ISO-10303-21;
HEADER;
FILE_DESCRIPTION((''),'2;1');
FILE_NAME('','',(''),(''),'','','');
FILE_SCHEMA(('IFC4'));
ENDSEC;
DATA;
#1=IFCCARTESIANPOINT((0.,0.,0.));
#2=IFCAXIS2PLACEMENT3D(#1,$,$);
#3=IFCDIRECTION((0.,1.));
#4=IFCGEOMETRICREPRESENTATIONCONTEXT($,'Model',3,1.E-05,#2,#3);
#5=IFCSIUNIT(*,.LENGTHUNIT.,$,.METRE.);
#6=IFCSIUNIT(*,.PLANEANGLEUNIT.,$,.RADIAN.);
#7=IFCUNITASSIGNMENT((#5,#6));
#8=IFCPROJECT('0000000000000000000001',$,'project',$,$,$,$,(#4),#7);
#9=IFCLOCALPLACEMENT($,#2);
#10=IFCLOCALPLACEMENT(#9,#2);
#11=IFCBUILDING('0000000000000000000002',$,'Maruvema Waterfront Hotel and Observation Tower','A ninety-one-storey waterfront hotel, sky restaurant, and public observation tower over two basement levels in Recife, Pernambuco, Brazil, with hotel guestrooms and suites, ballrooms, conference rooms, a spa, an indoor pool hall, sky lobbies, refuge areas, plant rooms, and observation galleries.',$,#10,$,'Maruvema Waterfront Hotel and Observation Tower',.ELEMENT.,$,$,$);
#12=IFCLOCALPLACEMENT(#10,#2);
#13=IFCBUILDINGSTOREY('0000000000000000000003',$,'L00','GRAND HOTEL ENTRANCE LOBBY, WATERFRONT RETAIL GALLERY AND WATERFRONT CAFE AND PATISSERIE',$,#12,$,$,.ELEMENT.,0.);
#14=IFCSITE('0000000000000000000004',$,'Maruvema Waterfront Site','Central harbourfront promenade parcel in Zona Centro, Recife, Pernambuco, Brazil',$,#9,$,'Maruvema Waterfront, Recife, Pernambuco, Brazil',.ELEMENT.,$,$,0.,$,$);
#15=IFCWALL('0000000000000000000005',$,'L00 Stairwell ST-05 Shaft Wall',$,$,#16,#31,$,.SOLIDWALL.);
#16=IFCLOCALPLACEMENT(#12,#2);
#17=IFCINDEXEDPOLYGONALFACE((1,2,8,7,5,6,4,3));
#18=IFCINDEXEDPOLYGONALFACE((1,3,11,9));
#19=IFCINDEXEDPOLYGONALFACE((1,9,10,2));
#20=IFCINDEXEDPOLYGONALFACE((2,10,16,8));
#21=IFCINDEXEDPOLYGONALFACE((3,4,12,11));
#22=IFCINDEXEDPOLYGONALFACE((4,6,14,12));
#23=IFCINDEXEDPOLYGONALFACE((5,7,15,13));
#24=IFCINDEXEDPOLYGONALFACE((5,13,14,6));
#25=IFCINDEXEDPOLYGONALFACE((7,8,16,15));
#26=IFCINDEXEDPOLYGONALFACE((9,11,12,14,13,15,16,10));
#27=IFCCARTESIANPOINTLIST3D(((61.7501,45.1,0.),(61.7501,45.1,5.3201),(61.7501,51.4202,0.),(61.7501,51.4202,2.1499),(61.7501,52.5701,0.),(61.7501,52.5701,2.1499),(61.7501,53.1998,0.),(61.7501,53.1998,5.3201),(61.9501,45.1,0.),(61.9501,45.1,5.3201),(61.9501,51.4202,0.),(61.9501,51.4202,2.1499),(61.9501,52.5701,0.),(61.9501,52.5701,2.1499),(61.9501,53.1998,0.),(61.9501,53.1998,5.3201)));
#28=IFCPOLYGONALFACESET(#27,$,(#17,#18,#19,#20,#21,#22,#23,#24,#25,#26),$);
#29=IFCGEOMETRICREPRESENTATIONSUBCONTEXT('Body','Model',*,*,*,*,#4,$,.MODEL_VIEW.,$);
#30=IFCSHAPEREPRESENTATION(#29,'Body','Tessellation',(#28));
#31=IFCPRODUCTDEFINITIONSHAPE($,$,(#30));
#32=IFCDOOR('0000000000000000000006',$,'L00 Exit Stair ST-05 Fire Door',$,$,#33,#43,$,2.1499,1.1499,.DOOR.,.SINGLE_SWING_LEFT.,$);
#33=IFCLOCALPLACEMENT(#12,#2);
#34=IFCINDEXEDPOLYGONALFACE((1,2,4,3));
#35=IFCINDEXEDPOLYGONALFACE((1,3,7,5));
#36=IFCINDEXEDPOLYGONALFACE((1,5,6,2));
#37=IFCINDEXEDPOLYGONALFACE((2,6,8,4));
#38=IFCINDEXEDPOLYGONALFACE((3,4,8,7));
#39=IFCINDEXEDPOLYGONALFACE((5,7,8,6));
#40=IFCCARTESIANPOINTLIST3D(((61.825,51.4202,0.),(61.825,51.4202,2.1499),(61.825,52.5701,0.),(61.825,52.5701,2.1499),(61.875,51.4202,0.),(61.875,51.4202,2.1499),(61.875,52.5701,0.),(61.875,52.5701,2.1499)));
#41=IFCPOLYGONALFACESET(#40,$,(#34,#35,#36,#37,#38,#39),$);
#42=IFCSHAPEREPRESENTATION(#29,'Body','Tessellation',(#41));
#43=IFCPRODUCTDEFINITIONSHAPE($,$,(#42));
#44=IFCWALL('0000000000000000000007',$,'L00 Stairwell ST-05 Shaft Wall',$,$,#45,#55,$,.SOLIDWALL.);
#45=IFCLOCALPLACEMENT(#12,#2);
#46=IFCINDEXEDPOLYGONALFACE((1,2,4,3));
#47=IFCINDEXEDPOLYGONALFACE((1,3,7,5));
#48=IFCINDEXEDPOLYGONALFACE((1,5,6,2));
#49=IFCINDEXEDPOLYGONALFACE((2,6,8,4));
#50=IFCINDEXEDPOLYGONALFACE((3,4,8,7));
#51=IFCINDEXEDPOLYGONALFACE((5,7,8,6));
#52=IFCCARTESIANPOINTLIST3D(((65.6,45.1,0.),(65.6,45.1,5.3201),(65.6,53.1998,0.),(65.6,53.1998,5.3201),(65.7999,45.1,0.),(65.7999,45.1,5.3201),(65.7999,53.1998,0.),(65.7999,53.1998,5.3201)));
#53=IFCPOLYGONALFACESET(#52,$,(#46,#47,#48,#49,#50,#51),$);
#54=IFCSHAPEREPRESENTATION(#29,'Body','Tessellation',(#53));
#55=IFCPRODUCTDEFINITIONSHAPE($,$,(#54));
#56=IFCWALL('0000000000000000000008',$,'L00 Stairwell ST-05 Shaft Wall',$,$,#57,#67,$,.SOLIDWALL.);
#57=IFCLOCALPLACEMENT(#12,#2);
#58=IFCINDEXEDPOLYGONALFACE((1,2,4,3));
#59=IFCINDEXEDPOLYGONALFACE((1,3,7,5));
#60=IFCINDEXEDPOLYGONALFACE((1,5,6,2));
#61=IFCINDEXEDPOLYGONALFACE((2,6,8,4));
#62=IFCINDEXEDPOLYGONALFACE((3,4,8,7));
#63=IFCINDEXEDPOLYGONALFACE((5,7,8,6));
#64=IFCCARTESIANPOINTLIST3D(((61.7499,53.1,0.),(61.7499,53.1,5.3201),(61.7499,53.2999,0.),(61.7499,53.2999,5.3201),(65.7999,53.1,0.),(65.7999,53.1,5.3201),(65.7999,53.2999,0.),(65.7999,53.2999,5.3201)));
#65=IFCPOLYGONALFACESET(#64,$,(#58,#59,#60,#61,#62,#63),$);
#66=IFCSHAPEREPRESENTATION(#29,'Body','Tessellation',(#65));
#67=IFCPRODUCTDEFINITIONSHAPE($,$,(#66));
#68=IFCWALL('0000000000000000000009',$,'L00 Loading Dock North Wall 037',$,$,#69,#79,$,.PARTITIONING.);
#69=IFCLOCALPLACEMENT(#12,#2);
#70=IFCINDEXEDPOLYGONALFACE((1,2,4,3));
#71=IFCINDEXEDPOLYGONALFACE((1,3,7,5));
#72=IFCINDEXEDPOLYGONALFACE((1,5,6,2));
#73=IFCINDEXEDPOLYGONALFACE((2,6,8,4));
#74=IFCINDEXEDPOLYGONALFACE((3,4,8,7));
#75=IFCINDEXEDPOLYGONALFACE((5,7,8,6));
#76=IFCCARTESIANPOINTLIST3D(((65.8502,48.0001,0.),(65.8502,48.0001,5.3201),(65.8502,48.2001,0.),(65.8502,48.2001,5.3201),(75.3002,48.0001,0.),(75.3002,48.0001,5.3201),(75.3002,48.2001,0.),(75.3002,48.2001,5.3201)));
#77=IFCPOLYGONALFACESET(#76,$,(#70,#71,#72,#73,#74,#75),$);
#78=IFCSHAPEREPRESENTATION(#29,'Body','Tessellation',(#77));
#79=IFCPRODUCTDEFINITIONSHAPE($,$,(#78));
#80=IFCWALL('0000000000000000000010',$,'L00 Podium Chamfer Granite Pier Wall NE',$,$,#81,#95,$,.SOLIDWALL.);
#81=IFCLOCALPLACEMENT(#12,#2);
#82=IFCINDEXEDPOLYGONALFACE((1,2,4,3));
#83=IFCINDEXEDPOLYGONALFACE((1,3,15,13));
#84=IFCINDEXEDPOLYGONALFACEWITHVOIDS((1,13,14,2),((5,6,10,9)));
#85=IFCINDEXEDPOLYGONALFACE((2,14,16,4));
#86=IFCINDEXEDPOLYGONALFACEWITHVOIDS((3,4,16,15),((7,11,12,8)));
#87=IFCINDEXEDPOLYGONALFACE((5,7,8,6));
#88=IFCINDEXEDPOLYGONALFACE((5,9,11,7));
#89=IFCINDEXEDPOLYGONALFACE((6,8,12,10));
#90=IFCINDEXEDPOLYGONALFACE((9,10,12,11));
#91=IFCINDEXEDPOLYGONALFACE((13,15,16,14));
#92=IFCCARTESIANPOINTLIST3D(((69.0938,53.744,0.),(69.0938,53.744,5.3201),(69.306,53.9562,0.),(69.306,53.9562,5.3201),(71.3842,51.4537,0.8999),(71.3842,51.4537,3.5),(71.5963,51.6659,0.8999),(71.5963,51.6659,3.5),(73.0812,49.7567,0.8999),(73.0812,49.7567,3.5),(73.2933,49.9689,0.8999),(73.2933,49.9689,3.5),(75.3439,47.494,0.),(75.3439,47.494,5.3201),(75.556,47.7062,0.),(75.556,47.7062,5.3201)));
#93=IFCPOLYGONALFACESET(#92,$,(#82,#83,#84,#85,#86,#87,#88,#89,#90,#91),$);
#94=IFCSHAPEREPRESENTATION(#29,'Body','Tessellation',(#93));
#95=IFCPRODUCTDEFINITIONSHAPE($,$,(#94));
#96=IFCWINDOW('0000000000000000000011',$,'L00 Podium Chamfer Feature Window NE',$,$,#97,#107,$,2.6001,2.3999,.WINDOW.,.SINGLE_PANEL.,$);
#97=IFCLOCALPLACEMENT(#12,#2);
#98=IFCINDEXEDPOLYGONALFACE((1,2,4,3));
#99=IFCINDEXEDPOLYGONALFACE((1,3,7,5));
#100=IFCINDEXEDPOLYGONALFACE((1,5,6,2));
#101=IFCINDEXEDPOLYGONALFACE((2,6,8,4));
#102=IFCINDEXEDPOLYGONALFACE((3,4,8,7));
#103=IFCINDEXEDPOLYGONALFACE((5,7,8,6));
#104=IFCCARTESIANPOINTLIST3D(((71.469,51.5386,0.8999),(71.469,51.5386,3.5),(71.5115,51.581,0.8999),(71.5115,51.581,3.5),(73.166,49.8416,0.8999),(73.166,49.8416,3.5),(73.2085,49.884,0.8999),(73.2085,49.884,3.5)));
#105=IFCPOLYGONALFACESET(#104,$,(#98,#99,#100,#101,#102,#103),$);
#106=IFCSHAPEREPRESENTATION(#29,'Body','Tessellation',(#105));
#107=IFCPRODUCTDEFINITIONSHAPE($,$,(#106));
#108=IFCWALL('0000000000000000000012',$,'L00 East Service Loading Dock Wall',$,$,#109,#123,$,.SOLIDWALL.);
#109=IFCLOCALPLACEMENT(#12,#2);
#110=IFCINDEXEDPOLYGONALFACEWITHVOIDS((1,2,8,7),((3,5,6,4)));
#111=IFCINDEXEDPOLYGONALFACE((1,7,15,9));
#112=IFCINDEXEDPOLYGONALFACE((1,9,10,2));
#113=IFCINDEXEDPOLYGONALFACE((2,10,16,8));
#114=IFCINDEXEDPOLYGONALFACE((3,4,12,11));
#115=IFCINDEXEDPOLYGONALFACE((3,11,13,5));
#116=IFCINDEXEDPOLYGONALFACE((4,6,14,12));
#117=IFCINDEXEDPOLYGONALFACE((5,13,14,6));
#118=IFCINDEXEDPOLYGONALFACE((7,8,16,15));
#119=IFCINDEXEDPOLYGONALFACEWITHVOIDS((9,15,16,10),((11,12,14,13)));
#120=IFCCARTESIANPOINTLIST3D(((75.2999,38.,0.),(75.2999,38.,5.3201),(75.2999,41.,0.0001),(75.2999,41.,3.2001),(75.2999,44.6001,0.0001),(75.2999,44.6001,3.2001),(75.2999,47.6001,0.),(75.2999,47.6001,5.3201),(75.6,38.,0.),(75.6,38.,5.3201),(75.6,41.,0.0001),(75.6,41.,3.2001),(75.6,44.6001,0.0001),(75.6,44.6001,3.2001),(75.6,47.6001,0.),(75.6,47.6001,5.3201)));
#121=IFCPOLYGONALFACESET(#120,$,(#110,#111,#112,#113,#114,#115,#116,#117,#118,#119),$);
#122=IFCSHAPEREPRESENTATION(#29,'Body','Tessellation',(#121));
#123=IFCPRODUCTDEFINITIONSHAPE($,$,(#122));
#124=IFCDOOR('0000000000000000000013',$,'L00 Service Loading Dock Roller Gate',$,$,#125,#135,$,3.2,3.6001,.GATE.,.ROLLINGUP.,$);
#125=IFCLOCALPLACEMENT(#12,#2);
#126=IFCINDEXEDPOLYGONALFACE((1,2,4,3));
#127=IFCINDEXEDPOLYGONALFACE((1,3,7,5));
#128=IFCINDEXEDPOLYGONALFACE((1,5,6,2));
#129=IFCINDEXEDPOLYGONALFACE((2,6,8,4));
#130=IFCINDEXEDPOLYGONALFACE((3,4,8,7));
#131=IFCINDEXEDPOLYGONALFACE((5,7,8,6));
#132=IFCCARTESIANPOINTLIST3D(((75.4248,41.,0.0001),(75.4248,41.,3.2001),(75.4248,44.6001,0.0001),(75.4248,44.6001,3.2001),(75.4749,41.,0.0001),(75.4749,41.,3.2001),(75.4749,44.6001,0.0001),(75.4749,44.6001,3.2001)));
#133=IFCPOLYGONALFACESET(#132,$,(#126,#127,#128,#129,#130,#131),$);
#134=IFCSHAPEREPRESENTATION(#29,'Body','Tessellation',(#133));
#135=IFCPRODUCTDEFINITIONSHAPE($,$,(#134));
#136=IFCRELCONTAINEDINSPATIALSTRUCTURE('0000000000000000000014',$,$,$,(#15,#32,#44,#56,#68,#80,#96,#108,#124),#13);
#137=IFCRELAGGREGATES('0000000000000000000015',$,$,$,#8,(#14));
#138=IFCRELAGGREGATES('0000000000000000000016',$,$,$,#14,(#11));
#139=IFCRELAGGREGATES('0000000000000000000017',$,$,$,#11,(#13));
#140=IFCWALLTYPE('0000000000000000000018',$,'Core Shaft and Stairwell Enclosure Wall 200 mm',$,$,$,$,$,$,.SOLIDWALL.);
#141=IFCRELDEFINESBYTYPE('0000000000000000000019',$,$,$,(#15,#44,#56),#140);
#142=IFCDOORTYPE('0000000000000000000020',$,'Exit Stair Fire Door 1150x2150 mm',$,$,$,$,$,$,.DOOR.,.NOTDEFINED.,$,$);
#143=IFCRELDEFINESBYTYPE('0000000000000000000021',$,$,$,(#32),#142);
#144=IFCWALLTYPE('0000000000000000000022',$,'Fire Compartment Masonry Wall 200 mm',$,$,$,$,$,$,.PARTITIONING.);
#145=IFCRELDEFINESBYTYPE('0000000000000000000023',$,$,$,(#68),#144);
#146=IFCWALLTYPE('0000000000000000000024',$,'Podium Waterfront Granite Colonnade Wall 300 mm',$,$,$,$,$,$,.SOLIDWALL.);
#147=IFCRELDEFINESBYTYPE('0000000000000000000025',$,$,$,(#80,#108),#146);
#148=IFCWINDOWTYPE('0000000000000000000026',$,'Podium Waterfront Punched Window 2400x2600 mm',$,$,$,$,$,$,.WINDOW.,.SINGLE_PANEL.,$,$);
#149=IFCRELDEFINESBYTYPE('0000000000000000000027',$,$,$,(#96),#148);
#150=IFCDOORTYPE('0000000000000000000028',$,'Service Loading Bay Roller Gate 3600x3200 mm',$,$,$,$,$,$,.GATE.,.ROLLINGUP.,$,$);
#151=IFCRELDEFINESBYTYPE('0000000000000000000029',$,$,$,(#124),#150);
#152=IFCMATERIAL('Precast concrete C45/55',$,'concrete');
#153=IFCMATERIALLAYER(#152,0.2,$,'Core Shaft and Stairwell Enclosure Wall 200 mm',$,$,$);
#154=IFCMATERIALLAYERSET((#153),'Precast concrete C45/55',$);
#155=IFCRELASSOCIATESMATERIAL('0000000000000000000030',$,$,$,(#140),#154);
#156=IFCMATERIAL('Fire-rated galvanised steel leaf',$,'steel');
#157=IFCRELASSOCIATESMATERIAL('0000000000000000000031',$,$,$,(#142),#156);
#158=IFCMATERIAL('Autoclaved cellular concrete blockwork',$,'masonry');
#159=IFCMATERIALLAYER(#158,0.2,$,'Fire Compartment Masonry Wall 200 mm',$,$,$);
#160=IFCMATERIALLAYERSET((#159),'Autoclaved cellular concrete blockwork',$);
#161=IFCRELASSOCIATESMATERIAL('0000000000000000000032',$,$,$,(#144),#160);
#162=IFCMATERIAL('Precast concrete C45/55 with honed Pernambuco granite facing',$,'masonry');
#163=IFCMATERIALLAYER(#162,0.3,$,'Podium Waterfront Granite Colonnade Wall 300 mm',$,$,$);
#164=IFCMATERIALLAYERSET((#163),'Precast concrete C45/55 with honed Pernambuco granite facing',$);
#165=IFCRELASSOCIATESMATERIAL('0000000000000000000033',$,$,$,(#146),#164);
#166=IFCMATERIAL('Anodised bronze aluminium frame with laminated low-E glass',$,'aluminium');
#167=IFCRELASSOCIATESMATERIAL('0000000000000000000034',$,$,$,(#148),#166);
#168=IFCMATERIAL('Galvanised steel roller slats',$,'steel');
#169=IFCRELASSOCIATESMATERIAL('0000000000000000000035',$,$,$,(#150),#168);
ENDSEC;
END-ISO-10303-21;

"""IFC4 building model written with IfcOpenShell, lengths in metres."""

from ifc_helpers import new_model, si_unit, direction, frame, frame_2d, origin, place, context, subcontext, project, spatial, rectangle, extrude, material, layer, layer_set, type_object, element, fill, save


model = new_model("IFC4")

# Units and contexts
model_context = context("Model", 3, precision=1e-05, world=origin(), true_north=direction((0.0, 1.0)))
body_context = subcontext(model_context, "Body", "Model", "MODEL_VIEW")
ifc_project = project(units=[si_unit("LENGTHUNIT", "METRE"), si_unit("PLANEANGLEUNIT", "RADIAN")], contexts=[model_context])

# Site, building, storey
site_placement = place(None, origin())
site = spatial("IfcSite", under=ifc_project, at=site_placement, Name="Maruvema Waterfront Site", Description="Central harbourfront promenade parcel in Zona Centro, Recife, Pernambuco, Brazil", LongName="Maruvema Waterfront, Recife, Pernambuco, Brazil", CompositionType="ELEMENT", RefElevation=0.0)
building_placement = place(site_placement, origin())
building = spatial("IfcBuilding", under=site, at=building_placement, Name="Maruvema Waterfront Hotel and Observation Tower", Description="A ninety-one-storey waterfront hotel, sky restaurant, and public observation tower over two basement levels in Recife, Pernambuco, Brazil, with hotel guestrooms and suites, ballrooms, conference rooms, a spa, an indoor pool hall, sky lobbies, refuge areas, plant rooms, and observation galleries.", LongName="Maruvema Waterfront Hotel and Observation Tower", CompositionType="ELEMENT")
storey_placement = place(building_placement, origin())
storey = spatial("IfcBuildingStorey", under=building, at=storey_placement, Name="L00", Description="GRAND HOTEL ENTRANCE LOBBY, WATERFRONT RETAIL GALLERY AND WATERFRONT CAFE AND PATISSERIE", CompositionType="ELEMENT", Elevation=0.0)

# Shared definitions
ifc_material_1 = material(Name="Precast concrete C45/55", Category="concrete")
ifc_layer_1 = layer(ifc_material_1, 0.2, Name="Core Shaft and Stairwell Enclosure Wall 200 mm")
ifc_layer_set_1 = layer_set([ifc_layer_1], Name="Precast concrete C45/55")
wall_type_1 = type_object("IfcWallType", Name="Core Shaft and Stairwell Enclosure Wall 200 mm", PredefinedType="SOLIDWALL", material=ifc_layer_set_1)

# Wall, opening, door
wall_1_placement = place(storey_placement, frame((61.8501, 45.1001, 0.0), z_axis=(0.0, 0.0, 1.0), x_axis=(0.0, 1.0, 0.0)))
wall_1 = element("IfcWall", 1, at=wall_1_placement, inside=storey, type_object=wall_type_1, Name="L00 Stairwell ST-05 Shaft Wall", PredefinedType="SOLIDWALL", context=body_context, shape_type="SweptSolid", body=[
    extrude(rectangle(XDim=8.0999, YDim=0.2, at=frame_2d((4.0498, 0.0))), origin(), (0.0, 0.0, 1.0), 5.3201),
])
opening_1_placement = place(wall_1_placement, frame((6.3201, 0.0, 0.0)))
opening_1 = element("IfcOpeningElement", 2, at=opening_1_placement, cuts=wall_1, PredefinedType="OPENING", context=body_context, shape_type="SweptSolid", body=[
    extrude(rectangle(XDim=1.1499, YDim=2.1499, at=frame_2d((0.575, 1.075))), frame((0.0, 0.1099, 0.0), z_axis=(0.0, -1.0, 0.0), x_axis=(1.0, 0.0, 0.0)), (0.0, 0.0, 1.0), 0.22),
])
ifc_material_2 = material(Name="Fire-rated galvanised steel leaf", Category="steel")
door_type_1 = type_object("IfcDoorType", Name="Exit Stair Fire Door 1150x2150 mm", OperationType="NOTDEFINED", PredefinedType="DOOR", material=ifc_material_2)
door_1_placement = place(opening_1_placement, frame((1.1499, 0.0, 0.0), z_axis=(0.0, 0.0, 1.0), x_axis=(-1.0, 0.0, 0.0)))
door_1 = element("IfcDoor", 3, at=door_1_placement, inside=storey, type_object=door_type_1, Name="L00 Exit Stair ST-05 Fire Door", OperationType="SINGLE_SWING_LEFT", OverallHeight=2.1499, OverallWidth=1.1499, PredefinedType="DOOR", context=body_context, shape_type="SweptSolid", body=[
    extrude(rectangle(XDim=1.1499, YDim=2.1499, at=frame_2d((0.575, 1.075))), frame((0.0, 0.0249, 0.0), z_axis=(0.0, -1.0, 0.0), x_axis=(1.0, 0.0, 0.0)), (0.0, 0.0, 1.0), 0.05),
])
fill(opening_1, door_1)

# Walls
wall_2_placement = place(storey_placement, frame((65.7, 45.1001, 0.0), z_axis=(0.0, 0.0, 1.0), x_axis=(0.0, 1.0, 0.0)))
element("IfcWall", 4, at=wall_2_placement, inside=storey, type_object=wall_type_1, Name="L00 Stairwell ST-05 Shaft Wall", PredefinedType="SOLIDWALL", context=body_context, shape_type="SweptSolid", body=[
    extrude(rectangle(XDim=8.0999, YDim=0.2, at=frame_2d((4.0498, 0.0))), origin(), (0.0, 0.0, 1.0), 5.3201),
])
wall_3_placement = place(storey_placement, frame((61.75, 53.2, 0.0), z_axis=(0.0, 0.0, 1.0), x_axis=(1.0, 0.0, 0.0)))
element("IfcWall", 5, at=wall_3_placement, inside=storey, type_object=wall_type_1, Name="L00 Stairwell ST-05 Shaft Wall", PredefinedType="SOLIDWALL", context=body_context, shape_type="SweptSolid", body=[
    extrude(rectangle(XDim=4.05, YDim=0.2, at=frame_2d((2.0249, 0.0))), origin(), (0.0, 0.0, 1.0), 5.3201),
])
ifc_material_3 = material(Name="Autoclaved cellular concrete blockwork", Category="masonry")
ifc_layer_2 = layer(ifc_material_3, 0.2, Name="Fire Compartment Masonry Wall 200 mm")
ifc_layer_set_2 = layer_set([ifc_layer_2], Name="Autoclaved cellular concrete blockwork")
wall_type_2 = type_object("IfcWallType", Name="Fire Compartment Masonry Wall 200 mm", PredefinedType="PARTITIONING", material=ifc_layer_set_2)
wall_4_placement = place(storey_placement, frame((65.8501, 48.1001, 0.0), z_axis=(0.0, 0.0, 1.0), x_axis=(1.0, 0.0, 0.0)))
element("IfcWall", 6, at=wall_4_placement, inside=storey, type_object=wall_type_2, Name="L00 Loading Dock North Wall 037", PredefinedType="PARTITIONING", context=body_context, shape_type="SweptSolid", body=[
    extrude(rectangle(XDim=9.45, YDim=0.2, at=frame_2d((4.7251, 0.0))), origin(), (0.0, 0.0, 1.0), 5.3201),
])

# Wall, opening, window
ifc_material_4 = material(Name="Precast concrete C45/55 with honed Pernambuco granite facing", Category="masonry")
ifc_layer_3 = layer(ifc_material_4, 0.3, Name="Podium Waterfront Granite Colonnade Wall 300 mm")
ifc_layer_set_3 = layer_set([ifc_layer_3], Name="Precast concrete C45/55 with honed Pernambuco granite facing")
wall_type_3 = type_object("IfcWallType", Name="Podium Waterfront Granite Colonnade Wall 300 mm", PredefinedType="SOLIDWALL", material=ifc_layer_set_3)
wall_5_placement = place(storey_placement, frame((75.45, 47.6001, 0.0), z_axis=(0.0, 0.0, 1.0), x_axis=(-0.707107, 0.707107, 0.0)))
wall_5 = element("IfcWall", 7, at=wall_5_placement, inside=storey, type_object=wall_type_3, Name="L00 Podium Chamfer Granite Pier Wall NE", PredefinedType="SOLIDWALL", context=body_context, shape_type="SweptSolid", body=[
    extrude(rectangle(XDim=8.8389, YDim=0.3, at=frame_2d((4.4194, 0.0))), origin(), (0.0, 0.0, 1.0), 5.3201),
])
opening_2_placement = place(wall_5_placement, frame((3.2, 0.0, 0.8999)))
opening_2 = element("IfcOpeningElement", 8, at=opening_2_placement, cuts=wall_5, PredefinedType="OPENING", context=body_context, shape_type="SweptSolid", body=[
    extrude(rectangle(XDim=2.3999, YDim=2.6001, at=frame_2d((1.2, 1.3))), frame((0.0, 0.1602, 0.0), z_axis=(0.0, -1.0, 0.0), x_axis=(1.0, 0.0, 0.0)), (0.0, 0.0, 1.0), 0.3201),
])
ifc_material_5 = material(Name="Anodised bronze aluminium frame with laminated low-E glass", Category="aluminium")
window_type = type_object("IfcWindowType", Name="Podium Waterfront Punched Window 2400x2600 mm", PartitioningType="SINGLE_PANEL", PredefinedType="WINDOW", material=ifc_material_5)
window_placement = place(opening_2_placement, origin())
window = element("IfcWindow", 9, at=window_placement, inside=storey, type_object=window_type, Name="L00 Podium Chamfer Feature Window NE", OverallHeight=2.6001, OverallWidth=2.3999, PartitioningType="SINGLE_PANEL", PredefinedType="WINDOW", context=body_context, shape_type="SweptSolid", body=[
    extrude(rectangle(XDim=2.3999, YDim=2.6001, at=frame_2d((1.2, 1.3))), frame((0.0, 0.03, 0.0), z_axis=(0.0, -1.0, 0.0), x_axis=(1.0, 0.0, 0.0)), (0.0, 0.0, 1.0), 0.0601),
])
fill(opening_2, window)

# Wall, opening, door
wall_6_placement = place(storey_placement, frame((75.45, 47.6001, 0.0), z_axis=(0.0, 0.0, 1.0), x_axis=(0.0, -1.0, 0.0)))
wall_6 = element("IfcWall", 10, at=wall_6_placement, inside=storey, type_object=wall_type_3, Name="L00 East Service Loading Dock Wall", PredefinedType="SOLIDWALL", context=body_context, shape_type="SweptSolid", body=[
    extrude(rectangle(XDim=9.6001, YDim=0.3, at=frame_2d((4.8, 0.0))), origin(), (0.0, 0.0, 1.0), 5.3201),
])
opening_3_placement = place(wall_6_placement, frame((3.0, 0.0, 0.0)))
opening_3 = element("IfcOpeningElement", 11, at=opening_3_placement, cuts=wall_6, PredefinedType="OPENING", context=body_context, shape_type="SweptSolid", body=[
    extrude(rectangle(XDim=3.6001, YDim=3.2, at=frame_2d((1.8, 1.6001))), frame((0.0, 0.1602, 0.0), z_axis=(0.0, -1.0, 0.0), x_axis=(1.0, 0.0, 0.0)), (0.0, 0.0, 1.0), 0.3201),
])
ifc_material_6 = material(Name="Galvanised steel roller slats", Category="steel")
door_type_2 = type_object("IfcDoorType", Name="Service Loading Bay Roller Gate 3600x3200 mm", OperationType="ROLLINGUP", PredefinedType="GATE", material=ifc_material_6)
door_2_placement = place(opening_3_placement, origin())
door_2 = element("IfcDoor", 12, at=door_2_placement, inside=storey, type_object=door_type_2, Name="L00 Service Loading Dock Roller Gate", OperationType="ROLLINGUP", OverallHeight=3.2, OverallWidth=3.6001, PredefinedType="GATE", context=body_context, shape_type="SweptSolid", body=[
    extrude(rectangle(XDim=3.6001, YDim=3.2, at=frame_2d((1.8, 1.6001))), frame((0.0, 0.0249, 0.0), z_axis=(0.0, -1.0, 0.0), x_axis=(1.0, 0.0, 0.0)), (0.0, 0.0, 1.0), 0.05),
])
fill(opening_3, door_2)

save(model, "model.ifc")
